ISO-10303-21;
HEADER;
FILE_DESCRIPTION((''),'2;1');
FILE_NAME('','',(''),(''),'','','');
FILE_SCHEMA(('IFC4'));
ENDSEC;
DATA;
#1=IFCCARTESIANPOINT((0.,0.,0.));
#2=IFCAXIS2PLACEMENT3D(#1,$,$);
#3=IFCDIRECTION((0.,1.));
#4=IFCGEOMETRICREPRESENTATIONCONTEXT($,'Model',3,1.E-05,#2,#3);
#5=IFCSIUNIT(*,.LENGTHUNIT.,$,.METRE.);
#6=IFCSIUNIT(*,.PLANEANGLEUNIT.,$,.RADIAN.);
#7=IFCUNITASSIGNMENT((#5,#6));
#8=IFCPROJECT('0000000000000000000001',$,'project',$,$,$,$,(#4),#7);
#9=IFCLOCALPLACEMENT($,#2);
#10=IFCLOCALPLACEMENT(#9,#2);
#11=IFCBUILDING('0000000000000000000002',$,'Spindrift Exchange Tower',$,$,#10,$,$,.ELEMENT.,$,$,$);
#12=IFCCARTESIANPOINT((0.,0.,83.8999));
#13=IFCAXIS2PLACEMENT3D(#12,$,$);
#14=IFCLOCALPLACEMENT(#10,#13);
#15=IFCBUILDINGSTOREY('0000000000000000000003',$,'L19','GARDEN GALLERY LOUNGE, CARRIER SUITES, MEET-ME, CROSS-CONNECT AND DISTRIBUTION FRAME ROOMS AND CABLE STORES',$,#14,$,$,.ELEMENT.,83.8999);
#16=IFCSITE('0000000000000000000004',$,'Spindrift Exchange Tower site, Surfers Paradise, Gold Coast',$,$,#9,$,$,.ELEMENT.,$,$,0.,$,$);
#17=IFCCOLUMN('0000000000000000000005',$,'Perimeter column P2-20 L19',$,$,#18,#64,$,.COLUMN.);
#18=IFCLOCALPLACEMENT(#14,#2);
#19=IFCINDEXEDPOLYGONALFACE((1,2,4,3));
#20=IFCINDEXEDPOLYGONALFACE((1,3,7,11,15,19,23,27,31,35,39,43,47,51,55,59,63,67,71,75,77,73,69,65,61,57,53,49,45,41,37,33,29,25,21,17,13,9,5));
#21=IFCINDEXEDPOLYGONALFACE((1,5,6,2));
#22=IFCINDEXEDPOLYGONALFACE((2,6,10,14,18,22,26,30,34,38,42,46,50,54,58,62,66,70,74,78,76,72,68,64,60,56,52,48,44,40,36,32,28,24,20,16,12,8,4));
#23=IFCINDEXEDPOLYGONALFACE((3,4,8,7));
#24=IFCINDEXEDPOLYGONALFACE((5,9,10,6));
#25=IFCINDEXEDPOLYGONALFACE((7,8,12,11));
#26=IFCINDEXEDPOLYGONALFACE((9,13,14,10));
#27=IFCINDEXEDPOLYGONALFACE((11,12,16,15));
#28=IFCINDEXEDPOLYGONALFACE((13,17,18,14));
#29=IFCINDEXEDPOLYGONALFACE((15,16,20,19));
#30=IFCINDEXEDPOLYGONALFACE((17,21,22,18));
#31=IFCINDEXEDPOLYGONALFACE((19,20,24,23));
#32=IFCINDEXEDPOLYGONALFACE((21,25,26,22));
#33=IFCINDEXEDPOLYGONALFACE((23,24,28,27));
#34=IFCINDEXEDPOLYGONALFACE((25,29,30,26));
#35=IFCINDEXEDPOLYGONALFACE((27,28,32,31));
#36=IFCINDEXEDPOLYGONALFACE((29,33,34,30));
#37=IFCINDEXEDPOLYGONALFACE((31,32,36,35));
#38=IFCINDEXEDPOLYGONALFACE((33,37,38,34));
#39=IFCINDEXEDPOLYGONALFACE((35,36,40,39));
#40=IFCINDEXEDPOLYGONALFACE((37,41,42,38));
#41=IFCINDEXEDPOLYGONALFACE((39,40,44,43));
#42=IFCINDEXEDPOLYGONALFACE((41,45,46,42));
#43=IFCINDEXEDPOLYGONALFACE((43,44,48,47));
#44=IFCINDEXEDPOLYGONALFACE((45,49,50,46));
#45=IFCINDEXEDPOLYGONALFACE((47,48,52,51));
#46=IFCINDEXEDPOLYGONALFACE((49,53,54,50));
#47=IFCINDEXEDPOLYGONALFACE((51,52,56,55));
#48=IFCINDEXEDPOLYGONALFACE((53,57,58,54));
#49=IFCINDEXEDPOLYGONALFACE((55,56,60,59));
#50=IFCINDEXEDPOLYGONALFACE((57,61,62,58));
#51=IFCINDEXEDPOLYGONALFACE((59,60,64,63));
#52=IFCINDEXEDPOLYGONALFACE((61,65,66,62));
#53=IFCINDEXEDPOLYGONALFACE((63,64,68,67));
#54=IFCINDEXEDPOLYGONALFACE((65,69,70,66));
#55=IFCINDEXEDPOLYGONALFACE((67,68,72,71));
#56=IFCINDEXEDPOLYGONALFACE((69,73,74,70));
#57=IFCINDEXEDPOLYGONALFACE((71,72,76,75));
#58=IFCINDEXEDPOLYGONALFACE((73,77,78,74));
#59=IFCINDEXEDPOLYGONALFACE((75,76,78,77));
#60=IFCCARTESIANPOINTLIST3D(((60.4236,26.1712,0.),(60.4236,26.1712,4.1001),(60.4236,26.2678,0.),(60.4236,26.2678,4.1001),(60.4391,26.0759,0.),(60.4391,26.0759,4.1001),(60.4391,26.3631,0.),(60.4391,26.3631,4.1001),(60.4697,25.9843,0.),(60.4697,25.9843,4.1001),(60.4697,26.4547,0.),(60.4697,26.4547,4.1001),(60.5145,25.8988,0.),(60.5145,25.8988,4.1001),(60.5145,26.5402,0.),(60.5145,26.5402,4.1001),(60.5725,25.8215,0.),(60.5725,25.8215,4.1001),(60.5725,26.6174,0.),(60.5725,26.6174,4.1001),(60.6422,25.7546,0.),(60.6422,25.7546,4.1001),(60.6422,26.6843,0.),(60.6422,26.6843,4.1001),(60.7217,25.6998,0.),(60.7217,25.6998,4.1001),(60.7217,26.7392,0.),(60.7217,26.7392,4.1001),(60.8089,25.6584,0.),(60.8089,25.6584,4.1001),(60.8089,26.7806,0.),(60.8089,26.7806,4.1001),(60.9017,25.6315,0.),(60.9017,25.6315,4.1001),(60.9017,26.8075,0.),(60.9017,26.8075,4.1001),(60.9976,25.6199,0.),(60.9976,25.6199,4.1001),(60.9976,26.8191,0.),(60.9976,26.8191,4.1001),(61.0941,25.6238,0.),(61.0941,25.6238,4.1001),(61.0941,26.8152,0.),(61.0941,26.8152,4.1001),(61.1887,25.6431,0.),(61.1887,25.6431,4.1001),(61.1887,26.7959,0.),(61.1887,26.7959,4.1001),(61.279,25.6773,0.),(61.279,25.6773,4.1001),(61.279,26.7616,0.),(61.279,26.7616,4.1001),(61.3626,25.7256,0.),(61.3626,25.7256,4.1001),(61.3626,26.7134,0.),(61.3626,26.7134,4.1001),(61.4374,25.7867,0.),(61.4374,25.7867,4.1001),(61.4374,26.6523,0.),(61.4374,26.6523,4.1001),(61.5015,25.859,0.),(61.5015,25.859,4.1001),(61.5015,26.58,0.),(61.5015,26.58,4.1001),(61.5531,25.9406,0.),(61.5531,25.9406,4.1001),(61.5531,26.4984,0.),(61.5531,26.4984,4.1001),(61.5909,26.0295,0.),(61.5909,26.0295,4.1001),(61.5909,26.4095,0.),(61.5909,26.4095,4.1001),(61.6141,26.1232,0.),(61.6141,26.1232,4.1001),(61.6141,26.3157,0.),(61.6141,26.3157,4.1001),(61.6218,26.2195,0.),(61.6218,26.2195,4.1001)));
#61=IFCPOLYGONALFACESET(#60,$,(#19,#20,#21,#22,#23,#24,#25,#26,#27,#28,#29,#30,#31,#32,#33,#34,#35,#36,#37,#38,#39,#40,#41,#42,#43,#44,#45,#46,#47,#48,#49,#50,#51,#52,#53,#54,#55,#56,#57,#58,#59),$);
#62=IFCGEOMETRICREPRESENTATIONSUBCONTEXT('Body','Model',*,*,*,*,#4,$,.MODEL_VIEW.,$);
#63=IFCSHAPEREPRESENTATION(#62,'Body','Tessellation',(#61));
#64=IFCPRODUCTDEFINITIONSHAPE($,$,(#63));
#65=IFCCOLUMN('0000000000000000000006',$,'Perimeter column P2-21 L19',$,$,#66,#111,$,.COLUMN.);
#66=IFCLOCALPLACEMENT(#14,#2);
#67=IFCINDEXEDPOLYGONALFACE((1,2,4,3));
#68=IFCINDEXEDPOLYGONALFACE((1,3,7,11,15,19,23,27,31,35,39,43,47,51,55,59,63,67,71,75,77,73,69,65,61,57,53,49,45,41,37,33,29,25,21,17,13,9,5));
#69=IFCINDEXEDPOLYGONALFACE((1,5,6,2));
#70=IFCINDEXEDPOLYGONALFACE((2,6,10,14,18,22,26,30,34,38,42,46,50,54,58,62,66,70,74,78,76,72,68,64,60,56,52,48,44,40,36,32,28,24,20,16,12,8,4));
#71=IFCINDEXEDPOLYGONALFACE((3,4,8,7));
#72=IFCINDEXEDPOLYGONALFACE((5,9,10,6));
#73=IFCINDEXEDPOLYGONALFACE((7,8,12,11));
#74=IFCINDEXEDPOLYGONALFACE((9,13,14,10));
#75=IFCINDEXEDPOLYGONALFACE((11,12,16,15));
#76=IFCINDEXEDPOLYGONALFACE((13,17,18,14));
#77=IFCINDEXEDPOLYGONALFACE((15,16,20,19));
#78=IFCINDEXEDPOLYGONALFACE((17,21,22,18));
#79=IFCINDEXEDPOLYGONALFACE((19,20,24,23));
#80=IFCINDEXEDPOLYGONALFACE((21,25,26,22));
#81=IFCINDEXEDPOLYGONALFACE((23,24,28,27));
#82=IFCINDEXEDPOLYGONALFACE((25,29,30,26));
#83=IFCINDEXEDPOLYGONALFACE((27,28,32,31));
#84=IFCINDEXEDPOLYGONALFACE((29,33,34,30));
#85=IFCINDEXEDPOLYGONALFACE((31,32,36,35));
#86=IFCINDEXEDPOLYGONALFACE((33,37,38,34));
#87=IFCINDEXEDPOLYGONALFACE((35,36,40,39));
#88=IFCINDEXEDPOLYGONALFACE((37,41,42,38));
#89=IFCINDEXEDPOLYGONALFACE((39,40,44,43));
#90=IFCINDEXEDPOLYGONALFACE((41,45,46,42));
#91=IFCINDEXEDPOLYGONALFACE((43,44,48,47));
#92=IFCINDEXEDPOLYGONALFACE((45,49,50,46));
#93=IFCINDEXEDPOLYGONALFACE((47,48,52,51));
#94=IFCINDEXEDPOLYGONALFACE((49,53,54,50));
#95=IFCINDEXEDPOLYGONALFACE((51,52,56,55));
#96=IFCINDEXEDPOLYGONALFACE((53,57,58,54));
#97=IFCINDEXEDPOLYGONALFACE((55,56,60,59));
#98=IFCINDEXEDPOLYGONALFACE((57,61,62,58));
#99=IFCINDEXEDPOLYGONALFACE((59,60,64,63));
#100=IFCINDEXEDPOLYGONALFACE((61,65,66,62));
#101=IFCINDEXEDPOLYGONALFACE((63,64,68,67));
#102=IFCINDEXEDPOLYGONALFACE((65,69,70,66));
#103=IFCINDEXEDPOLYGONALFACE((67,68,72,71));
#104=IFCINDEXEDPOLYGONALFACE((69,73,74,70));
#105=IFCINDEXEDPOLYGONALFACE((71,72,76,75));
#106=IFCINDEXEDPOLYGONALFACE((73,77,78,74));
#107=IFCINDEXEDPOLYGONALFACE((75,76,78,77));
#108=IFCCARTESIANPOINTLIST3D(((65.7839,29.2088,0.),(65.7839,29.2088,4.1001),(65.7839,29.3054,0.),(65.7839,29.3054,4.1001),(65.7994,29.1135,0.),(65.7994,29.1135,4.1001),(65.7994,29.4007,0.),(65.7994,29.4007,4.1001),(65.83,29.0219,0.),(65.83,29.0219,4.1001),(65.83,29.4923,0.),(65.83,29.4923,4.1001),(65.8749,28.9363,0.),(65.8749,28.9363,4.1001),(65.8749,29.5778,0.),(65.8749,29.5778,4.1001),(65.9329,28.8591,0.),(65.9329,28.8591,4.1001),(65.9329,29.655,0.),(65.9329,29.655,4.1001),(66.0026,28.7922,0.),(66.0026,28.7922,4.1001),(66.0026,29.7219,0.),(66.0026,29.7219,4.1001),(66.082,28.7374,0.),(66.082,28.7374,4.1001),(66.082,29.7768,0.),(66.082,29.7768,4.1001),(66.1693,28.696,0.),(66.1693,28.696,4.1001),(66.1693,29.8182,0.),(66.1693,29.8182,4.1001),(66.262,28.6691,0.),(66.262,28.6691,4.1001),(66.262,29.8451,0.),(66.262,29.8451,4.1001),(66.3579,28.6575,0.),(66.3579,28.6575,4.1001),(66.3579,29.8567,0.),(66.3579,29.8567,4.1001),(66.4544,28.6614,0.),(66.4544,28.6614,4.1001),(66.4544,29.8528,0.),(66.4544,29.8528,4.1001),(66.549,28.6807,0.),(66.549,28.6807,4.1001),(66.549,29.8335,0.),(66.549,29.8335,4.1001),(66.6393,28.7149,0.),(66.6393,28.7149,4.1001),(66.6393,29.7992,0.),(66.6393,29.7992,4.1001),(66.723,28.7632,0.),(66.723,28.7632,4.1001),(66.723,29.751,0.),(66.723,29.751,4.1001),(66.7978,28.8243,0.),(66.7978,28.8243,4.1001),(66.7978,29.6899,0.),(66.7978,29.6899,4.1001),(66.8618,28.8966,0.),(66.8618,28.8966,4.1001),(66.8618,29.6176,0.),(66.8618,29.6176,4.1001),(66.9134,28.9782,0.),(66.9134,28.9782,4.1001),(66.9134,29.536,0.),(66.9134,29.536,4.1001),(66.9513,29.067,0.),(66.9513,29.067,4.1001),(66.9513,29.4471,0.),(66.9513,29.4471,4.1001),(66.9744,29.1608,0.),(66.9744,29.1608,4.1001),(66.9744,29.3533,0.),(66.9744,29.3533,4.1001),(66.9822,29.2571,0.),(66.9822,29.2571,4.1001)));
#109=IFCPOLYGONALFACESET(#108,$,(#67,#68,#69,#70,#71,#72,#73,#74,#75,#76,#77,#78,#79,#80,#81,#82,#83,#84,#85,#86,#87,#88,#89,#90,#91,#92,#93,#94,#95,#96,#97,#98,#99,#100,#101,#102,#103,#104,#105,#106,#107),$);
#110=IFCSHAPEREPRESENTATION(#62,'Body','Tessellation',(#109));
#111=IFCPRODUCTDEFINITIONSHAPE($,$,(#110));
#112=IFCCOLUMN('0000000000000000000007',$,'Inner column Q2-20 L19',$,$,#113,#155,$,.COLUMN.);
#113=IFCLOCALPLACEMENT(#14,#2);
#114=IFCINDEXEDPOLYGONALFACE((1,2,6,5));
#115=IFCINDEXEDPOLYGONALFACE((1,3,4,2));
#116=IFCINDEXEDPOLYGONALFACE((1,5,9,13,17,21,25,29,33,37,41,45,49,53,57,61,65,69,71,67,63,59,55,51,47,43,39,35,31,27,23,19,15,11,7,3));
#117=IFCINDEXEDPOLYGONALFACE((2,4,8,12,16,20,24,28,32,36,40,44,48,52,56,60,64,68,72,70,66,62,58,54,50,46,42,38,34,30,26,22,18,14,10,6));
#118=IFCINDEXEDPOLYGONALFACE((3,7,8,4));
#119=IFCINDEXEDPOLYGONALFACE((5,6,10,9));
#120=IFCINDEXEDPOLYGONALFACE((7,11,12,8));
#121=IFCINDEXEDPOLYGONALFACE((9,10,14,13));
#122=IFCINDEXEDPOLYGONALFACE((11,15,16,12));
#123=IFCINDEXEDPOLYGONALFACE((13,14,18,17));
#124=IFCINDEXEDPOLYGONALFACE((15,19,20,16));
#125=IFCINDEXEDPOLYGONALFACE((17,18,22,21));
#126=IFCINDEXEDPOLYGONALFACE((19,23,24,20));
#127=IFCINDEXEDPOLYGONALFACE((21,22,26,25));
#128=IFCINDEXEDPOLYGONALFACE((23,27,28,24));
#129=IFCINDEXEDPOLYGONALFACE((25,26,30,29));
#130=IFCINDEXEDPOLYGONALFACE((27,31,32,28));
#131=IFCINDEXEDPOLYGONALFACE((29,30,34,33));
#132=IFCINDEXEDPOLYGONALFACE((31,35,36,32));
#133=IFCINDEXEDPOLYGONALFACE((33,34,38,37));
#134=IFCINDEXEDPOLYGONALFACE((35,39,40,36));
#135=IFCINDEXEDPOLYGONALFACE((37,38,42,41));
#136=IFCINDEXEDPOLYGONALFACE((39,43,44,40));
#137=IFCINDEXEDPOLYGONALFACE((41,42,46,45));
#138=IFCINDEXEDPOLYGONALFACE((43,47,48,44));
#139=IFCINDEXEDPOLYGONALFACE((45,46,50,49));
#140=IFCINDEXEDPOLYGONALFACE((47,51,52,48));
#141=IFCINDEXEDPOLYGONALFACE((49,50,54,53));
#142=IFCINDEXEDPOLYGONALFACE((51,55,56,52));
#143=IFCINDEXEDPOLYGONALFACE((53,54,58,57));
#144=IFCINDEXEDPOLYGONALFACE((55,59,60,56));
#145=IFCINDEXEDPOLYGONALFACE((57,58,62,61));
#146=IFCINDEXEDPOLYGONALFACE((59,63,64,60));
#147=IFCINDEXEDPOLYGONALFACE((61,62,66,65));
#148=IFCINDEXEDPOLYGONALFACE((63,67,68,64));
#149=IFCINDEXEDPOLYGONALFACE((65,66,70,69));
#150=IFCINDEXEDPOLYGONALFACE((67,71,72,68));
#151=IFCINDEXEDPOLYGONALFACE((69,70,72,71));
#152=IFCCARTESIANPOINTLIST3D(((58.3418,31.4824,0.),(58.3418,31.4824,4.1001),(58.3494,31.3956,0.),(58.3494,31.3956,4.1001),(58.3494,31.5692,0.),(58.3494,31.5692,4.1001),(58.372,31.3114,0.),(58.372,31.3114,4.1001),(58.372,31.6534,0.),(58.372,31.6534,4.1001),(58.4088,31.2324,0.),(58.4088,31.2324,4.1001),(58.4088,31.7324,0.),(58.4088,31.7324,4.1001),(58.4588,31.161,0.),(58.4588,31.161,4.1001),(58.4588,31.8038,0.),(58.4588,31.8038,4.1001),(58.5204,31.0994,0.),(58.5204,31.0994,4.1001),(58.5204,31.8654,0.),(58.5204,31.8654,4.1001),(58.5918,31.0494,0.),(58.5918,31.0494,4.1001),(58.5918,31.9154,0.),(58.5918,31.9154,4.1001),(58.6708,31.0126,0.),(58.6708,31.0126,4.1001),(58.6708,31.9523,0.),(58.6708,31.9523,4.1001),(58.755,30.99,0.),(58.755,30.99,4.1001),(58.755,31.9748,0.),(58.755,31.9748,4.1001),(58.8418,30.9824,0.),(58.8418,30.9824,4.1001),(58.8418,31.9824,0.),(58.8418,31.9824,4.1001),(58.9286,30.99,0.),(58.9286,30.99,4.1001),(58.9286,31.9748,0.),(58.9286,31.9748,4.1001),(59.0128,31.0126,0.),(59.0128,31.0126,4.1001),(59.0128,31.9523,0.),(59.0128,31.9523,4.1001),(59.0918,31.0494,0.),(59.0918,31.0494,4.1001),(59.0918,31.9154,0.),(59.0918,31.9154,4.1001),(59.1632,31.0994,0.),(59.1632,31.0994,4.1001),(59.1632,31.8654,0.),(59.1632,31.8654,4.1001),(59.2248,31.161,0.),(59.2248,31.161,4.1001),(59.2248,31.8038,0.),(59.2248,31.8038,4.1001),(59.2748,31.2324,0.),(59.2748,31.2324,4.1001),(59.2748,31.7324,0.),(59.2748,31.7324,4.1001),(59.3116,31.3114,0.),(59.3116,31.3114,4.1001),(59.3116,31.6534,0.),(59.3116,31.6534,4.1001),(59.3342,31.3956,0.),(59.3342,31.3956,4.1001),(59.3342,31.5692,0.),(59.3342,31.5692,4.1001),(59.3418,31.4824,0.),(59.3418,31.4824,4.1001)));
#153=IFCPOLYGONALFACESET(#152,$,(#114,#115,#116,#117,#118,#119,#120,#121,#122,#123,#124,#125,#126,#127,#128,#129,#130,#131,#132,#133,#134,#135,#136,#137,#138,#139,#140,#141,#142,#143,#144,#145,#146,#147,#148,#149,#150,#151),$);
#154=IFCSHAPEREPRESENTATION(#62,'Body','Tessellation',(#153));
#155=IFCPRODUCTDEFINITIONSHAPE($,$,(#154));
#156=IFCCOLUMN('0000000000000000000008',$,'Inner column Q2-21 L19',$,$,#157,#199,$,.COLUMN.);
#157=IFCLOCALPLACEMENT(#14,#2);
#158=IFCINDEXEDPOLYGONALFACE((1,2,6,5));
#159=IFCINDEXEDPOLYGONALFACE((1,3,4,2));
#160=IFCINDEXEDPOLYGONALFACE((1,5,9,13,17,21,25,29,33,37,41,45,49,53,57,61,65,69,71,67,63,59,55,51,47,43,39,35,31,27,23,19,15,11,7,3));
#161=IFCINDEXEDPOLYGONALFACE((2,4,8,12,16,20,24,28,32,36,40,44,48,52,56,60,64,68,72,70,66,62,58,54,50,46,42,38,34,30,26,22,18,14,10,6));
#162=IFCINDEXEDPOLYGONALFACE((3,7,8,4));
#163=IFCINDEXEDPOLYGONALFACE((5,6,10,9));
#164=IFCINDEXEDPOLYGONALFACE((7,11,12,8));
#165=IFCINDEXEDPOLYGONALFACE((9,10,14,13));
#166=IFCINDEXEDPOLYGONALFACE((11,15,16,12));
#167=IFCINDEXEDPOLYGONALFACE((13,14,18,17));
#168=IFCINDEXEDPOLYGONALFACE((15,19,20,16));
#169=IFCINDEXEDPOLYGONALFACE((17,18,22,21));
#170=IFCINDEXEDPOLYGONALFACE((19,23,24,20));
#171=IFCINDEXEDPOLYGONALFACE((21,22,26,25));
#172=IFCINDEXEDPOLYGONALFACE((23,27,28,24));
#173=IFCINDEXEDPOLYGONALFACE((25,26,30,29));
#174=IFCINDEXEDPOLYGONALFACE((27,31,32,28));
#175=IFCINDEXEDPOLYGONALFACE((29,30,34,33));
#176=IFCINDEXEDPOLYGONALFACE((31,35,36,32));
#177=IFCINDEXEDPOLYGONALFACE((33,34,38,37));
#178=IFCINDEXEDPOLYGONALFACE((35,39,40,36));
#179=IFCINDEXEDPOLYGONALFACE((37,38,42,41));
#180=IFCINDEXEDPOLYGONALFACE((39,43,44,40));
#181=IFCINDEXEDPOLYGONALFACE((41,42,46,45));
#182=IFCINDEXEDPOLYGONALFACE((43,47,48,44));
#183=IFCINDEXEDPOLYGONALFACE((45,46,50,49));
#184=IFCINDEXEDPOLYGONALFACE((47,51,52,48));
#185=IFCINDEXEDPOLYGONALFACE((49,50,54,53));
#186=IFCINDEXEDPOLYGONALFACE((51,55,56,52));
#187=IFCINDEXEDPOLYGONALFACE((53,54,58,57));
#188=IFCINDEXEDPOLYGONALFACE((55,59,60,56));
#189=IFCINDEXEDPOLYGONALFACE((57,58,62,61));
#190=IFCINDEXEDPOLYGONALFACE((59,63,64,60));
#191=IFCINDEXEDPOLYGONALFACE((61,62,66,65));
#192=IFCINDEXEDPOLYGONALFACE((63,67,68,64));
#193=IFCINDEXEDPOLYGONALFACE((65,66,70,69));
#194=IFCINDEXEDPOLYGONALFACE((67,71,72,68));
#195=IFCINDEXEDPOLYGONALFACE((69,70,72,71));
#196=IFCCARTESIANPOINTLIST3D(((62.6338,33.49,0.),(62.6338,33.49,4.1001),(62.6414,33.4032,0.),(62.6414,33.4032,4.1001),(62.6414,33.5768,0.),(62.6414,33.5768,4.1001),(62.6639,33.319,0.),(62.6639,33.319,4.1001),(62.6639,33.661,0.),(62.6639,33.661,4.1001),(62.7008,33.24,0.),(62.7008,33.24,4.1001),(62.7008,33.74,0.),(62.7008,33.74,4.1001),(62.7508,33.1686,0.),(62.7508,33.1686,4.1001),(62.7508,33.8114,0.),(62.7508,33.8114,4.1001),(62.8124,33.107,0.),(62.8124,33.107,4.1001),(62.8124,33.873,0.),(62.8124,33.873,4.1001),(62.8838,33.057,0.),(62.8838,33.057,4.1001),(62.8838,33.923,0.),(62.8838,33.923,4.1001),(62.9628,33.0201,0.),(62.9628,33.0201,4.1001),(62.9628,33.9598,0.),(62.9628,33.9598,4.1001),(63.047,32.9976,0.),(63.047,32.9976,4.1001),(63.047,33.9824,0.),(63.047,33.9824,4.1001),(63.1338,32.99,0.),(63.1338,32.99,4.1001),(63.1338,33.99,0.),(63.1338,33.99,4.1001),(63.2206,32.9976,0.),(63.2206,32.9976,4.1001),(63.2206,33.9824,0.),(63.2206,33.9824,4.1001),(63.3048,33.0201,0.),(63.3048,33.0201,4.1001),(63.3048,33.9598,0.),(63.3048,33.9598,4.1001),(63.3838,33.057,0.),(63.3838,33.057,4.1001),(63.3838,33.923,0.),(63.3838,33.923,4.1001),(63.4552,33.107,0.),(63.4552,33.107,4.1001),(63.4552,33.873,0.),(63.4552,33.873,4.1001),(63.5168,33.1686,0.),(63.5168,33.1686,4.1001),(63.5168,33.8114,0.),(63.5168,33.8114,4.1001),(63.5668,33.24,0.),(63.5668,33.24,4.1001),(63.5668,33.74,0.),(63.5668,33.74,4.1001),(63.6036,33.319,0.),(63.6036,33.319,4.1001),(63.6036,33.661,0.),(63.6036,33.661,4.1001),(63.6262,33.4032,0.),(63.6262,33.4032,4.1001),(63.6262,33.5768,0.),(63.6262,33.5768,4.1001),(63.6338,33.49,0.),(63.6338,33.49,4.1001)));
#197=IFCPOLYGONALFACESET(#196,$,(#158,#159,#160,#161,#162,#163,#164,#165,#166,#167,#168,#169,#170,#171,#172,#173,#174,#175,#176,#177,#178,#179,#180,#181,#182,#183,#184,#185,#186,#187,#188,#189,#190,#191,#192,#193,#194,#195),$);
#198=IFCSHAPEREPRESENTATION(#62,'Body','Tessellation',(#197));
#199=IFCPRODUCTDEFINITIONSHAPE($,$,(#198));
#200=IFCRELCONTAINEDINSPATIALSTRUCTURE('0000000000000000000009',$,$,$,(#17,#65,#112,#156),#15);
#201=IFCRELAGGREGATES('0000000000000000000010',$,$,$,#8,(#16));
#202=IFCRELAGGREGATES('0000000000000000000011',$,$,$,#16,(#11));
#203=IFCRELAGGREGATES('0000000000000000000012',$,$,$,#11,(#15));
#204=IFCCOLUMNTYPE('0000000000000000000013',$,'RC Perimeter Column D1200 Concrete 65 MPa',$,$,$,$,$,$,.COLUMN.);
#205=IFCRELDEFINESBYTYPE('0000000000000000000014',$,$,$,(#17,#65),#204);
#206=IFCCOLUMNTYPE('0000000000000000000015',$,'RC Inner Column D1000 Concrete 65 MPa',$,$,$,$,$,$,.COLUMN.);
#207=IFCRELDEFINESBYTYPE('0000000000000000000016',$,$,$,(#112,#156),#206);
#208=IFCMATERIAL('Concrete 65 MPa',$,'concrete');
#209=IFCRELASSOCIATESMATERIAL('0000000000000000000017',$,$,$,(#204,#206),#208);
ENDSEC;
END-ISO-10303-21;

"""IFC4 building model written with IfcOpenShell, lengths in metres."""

from ifc_helpers import new_model, si_unit, direction, frame, origin, origin_2d, place, context, subcontext, project, spatial, circle, extrude, source, transform, mapped, material, material_profile, profile_set, type_object, element, save


model = new_model("IFC4")

# Units and contexts
model_context = context("Model", 3, precision=1e-05, world=origin(), true_north=direction((0.0, 1.0)))
body_context = subcontext(model_context, "Body", "Model", "MODEL_VIEW")
ifc_project = project(units=[si_unit("LENGTHUNIT", "METRE"), si_unit("PLANEANGLEUNIT", "RADIAN")], contexts=[model_context])

# Site, building, storey
site_placement = place(None, origin())
site = spatial("IfcSite", under=ifc_project, at=site_placement, Name="Spindrift Exchange Tower site, Surfers Paradise, Gold Coast", CompositionType="ELEMENT", RefElevation=0.0)
building_placement = place(site_placement, origin())
building = spatial("IfcBuilding", under=site, at=building_placement, Name="Spindrift Exchange Tower", CompositionType="ELEMENT")
storey_placement = place(building_placement, frame((0.0, 0.0, 83.8999)))
storey = spatial("IfcBuildingStorey", under=building, at=storey_placement, Name="L19", Description="GARDEN GALLERY LOUNGE, CARRIER SUITES, MEET-ME, CROSS-CONNECT AND DISTRIBUTION FRAME ROOMS AND CABLE STORES", CompositionType="ELEMENT", Elevation=83.8999)

# Columns
ifc_material_1 = material(Name="Concrete 65 MPa", Category="concrete")
ifc_material_profile_1 = material_profile(ifc_material_1, circle(Radius=0.6001, at=origin_2d()), Name="RC D1200")
ifc_profile_set_1 = profile_set([ifc_material_profile_1], Name="Concrete 65 MPa")
column_type_1 = type_object("IfcColumnType", Name="RC Perimeter Column D1200 Concrete 65 MPa", PredefinedType="COLUMN", material=ifc_profile_set_1)
shared_shape_1 = source(origin(), body_context, "Body", "SweptSolid", [
    extrude(circle(Radius=0.6001, at=origin_2d()), origin(), (0.0, 0.0, 1.0), 4.1001),
])
for number, where, z_axis, x_axis, name in (
    (1, (61.0217, 26.2195, 0.0), (0.0, 0.0, 1.0), (1.0, 0.0, 0.0), "Perimeter column P2-20 L19"),
    (2, (66.3821, 29.2571, 0.0), (0.0, 0.0, 1.0), (1.0, 0.0, 0.0), "Perimeter column P2-21 L19"),
):
    element("IfcColumn", number, at=place(storey_placement, frame(where, z_axis=z_axis, x_axis=x_axis)), inside=storey, type_object=column_type_1, Name=name, PredefinedType="COLUMN", context=body_context, shape_type="MappedRepresentation", body=[
        mapped(shared_shape_1, transform((0.0, 0.0, 0.0), scale=1.0)),
    ])
ifc_material_profile_2 = material_profile(ifc_material_1, circle(Radius=0.5, at=origin_2d()), Name="RC D1000")
ifc_profile_set_2 = profile_set([ifc_material_profile_2], Name="Concrete 65 MPa")
column_type_2 = type_object("IfcColumnType", Name="RC Inner Column D1000 Concrete 65 MPa", PredefinedType="COLUMN", material=ifc_profile_set_2)
shared_shape_2 = source(origin(), body_context, "Body", "SweptSolid", [
    extrude(circle(Radius=0.5, at=origin_2d()), origin(), (0.0, 0.0, 1.0), 4.1001),
])
for number, where, z_axis, x_axis, name in (
    (3, (58.8418, 31.4824, 0.0), (0.0, 0.0, 1.0), (1.0, 0.0, 0.0), "Inner column Q2-20 L19"),
    (4, (63.1338, 33.49, 0.0), (0.0, 0.0, 1.0), (1.0, 0.0, 0.0), "Inner column Q2-21 L19"),
):
    element("IfcColumn", number, at=place(storey_placement, frame(where, z_axis=z_axis, x_axis=x_axis)), inside=storey, type_object=column_type_2, Name=name, PredefinedType="COLUMN", context=body_context, shape_type="MappedRepresentation", body=[
        mapped(shared_shape_2, transform((0.0, 0.0, 0.0), scale=1.0)),
    ])

save(model, "model.ifc")
